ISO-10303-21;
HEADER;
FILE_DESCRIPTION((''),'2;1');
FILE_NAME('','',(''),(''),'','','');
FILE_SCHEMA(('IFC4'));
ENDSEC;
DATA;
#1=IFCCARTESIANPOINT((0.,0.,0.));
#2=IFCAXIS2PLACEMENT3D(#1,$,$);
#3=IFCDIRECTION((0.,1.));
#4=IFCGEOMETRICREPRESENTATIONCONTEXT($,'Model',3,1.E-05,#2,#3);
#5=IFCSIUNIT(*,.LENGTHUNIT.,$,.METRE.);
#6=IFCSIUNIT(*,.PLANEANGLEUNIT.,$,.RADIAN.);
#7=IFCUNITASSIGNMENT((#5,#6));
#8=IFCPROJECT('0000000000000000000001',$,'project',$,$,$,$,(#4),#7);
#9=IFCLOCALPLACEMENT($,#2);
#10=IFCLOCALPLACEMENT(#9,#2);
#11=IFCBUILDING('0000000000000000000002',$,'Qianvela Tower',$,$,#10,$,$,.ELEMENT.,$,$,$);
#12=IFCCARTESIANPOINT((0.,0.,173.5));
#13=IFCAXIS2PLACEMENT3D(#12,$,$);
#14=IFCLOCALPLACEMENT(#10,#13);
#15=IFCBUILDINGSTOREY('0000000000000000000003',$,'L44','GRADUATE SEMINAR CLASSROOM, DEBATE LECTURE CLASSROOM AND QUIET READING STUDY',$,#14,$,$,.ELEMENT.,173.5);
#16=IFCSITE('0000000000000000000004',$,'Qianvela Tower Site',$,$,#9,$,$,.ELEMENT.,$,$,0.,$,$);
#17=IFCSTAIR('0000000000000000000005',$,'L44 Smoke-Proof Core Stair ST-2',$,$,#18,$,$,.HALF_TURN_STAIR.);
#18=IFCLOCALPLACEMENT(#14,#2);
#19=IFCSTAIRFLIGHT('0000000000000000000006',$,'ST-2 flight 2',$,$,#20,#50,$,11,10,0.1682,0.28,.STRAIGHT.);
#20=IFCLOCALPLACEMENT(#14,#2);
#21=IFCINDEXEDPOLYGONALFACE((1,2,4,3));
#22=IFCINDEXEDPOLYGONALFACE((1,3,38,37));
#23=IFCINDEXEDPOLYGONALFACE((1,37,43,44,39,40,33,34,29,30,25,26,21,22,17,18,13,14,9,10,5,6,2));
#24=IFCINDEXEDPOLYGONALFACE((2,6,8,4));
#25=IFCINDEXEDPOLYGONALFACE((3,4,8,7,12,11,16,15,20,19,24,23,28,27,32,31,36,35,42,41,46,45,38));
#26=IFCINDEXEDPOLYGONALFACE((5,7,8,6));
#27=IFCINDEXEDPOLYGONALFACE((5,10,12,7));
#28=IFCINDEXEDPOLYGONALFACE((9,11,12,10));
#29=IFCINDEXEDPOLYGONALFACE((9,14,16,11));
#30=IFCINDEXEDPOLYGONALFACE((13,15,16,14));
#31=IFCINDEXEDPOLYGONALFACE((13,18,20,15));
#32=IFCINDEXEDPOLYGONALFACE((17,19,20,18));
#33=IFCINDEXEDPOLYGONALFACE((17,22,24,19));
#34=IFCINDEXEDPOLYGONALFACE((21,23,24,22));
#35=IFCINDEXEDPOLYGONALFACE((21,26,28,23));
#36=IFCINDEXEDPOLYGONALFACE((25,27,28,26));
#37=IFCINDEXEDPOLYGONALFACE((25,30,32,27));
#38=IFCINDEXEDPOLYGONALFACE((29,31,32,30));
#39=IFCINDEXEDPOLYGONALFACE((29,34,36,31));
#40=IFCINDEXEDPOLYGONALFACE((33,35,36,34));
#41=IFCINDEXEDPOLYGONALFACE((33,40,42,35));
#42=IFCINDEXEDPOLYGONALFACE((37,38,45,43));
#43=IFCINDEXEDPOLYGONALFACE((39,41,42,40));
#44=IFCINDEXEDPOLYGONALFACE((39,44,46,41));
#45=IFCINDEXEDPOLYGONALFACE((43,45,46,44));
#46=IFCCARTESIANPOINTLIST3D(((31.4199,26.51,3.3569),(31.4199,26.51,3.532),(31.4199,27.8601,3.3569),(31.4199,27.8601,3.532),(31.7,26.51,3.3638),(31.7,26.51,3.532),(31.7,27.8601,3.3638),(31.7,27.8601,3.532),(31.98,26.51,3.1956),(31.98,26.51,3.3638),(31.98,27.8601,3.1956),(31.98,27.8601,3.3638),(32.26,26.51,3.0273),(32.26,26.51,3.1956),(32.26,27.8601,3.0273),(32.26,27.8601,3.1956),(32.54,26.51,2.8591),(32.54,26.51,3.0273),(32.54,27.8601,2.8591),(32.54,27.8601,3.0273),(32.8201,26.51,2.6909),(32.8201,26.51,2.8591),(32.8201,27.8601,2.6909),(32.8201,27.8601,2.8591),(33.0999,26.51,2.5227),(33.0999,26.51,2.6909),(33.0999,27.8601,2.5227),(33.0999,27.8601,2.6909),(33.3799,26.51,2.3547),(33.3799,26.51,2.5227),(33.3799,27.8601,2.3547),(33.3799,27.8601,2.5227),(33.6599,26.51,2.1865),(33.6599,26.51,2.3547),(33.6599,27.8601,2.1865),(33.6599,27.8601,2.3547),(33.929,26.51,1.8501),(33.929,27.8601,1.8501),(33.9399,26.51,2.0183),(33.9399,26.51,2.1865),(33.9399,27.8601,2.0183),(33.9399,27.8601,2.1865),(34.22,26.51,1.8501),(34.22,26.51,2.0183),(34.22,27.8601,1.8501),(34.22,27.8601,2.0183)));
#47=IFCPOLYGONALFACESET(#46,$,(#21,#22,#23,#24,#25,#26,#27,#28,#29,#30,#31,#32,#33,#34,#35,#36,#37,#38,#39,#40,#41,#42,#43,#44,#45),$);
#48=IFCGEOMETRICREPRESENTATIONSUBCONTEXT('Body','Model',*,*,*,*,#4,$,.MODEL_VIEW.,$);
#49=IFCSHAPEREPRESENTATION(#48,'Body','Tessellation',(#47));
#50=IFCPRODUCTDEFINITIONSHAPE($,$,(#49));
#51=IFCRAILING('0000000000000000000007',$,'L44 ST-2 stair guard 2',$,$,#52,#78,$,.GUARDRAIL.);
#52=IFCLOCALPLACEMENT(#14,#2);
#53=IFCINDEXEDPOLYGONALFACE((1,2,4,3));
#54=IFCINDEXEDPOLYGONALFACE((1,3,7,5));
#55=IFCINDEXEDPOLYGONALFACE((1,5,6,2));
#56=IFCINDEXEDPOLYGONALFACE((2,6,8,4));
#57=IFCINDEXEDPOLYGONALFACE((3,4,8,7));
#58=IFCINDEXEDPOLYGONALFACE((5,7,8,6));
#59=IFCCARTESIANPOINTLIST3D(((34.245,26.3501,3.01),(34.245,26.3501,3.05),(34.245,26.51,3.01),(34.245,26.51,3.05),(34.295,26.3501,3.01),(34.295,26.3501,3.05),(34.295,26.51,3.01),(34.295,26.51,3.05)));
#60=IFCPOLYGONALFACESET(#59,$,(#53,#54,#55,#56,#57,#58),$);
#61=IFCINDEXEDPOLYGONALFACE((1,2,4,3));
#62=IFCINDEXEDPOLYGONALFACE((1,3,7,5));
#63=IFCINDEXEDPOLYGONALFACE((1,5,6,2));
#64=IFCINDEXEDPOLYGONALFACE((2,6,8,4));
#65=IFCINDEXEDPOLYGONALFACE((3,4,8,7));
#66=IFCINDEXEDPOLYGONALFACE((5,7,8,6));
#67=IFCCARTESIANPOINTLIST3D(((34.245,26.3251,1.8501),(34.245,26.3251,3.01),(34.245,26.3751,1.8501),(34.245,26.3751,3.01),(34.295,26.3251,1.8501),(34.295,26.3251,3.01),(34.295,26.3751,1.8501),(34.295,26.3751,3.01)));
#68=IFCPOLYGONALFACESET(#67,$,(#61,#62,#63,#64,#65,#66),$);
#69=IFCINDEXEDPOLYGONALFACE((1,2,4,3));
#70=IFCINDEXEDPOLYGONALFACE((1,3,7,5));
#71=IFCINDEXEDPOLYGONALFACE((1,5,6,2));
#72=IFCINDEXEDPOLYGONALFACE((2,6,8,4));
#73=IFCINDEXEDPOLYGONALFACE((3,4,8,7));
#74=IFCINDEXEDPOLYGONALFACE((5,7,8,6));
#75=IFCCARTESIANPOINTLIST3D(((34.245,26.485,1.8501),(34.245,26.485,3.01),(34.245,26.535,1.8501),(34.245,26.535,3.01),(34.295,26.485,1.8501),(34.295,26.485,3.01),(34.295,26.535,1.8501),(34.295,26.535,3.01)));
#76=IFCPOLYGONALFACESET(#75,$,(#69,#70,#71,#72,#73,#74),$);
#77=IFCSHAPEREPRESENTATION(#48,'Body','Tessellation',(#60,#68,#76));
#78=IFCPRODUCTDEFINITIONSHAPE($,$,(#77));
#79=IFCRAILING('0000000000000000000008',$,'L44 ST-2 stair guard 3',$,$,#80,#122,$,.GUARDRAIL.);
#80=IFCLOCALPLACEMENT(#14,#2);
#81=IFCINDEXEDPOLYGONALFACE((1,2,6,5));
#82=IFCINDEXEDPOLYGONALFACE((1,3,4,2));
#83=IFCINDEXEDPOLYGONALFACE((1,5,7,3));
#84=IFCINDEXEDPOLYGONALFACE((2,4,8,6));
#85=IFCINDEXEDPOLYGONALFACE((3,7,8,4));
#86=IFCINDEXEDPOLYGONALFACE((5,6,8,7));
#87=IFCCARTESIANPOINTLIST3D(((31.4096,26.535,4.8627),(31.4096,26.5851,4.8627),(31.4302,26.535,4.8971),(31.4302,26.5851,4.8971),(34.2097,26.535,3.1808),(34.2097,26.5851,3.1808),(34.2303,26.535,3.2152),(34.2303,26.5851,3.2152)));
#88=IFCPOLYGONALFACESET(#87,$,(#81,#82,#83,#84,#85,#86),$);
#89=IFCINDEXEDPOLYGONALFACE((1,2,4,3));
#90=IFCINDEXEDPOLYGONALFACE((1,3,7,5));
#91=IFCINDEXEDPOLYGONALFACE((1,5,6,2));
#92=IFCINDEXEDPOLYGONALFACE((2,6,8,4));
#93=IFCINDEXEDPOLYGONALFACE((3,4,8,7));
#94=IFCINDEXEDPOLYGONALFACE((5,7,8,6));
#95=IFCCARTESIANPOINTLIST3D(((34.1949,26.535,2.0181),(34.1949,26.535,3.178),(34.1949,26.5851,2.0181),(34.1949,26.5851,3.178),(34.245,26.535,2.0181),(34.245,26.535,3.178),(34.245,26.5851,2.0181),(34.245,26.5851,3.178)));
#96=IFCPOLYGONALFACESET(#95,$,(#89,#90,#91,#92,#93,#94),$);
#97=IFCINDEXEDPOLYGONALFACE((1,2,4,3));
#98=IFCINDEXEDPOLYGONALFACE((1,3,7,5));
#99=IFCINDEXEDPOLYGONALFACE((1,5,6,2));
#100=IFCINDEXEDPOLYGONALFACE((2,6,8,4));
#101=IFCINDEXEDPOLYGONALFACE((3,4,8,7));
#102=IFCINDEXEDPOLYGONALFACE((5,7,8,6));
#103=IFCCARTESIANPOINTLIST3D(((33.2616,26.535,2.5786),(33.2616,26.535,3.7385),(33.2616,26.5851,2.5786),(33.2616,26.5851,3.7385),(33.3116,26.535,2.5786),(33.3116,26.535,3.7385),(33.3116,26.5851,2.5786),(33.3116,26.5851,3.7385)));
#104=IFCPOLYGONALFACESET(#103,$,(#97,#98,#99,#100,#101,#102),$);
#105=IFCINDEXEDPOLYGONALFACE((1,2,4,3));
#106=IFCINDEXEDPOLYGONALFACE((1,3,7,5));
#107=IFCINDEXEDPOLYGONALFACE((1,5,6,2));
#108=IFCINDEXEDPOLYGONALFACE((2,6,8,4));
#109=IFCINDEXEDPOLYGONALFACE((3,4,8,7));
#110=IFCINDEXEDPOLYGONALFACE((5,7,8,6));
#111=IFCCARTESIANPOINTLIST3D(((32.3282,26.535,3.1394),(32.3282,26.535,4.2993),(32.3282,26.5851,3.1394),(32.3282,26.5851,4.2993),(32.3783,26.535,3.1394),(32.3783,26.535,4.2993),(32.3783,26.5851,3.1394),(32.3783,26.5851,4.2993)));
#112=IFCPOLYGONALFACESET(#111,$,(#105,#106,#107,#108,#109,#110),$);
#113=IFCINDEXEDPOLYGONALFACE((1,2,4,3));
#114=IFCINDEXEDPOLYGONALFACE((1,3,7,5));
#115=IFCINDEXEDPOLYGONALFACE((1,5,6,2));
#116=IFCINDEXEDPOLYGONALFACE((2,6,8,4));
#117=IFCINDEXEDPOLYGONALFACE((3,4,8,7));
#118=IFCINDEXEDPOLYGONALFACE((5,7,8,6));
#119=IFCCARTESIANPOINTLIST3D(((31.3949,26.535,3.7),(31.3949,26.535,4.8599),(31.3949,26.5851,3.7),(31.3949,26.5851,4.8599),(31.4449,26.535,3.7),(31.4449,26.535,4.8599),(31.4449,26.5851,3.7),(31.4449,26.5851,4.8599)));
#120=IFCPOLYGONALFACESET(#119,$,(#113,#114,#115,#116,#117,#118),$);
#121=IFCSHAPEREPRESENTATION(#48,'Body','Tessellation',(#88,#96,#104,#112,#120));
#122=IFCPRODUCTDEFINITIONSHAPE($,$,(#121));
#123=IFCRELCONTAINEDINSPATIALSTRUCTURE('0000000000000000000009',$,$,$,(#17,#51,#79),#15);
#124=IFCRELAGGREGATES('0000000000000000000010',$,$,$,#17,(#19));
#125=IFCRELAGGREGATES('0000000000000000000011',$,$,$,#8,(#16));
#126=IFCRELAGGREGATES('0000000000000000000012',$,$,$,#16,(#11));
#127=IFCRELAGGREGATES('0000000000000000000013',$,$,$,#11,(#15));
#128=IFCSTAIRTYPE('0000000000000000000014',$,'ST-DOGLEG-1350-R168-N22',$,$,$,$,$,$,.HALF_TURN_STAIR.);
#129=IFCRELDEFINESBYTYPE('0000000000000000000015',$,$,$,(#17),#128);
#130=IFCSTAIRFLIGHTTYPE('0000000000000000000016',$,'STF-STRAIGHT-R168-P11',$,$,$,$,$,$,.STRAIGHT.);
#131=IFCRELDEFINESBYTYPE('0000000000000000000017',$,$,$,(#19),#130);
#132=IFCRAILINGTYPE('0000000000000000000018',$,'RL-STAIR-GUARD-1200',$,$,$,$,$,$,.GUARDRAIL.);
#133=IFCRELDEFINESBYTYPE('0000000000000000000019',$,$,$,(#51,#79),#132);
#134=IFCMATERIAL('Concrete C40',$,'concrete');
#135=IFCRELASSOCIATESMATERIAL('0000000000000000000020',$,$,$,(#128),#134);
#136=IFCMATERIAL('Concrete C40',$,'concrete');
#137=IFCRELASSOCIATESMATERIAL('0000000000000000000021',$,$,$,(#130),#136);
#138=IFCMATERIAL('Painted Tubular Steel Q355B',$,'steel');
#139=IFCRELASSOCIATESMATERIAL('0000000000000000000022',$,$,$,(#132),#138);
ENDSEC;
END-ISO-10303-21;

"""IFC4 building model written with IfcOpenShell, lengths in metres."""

from ifc_helpers import new_model, si_unit, direction, frame, origin, origin_2d, place, context, subcontext, project, spatial, polyline, rectangle, outline, extrude, material, type_object, element, aggregate, save


model = new_model("IFC4")

# Units and contexts
model_context = context("Model", 3, precision=1e-05, world=origin(), true_north=direction((0.0, 1.0)))
body_context = subcontext(model_context, "Body", "Model", "MODEL_VIEW")
ifc_project = project(units=[si_unit("LENGTHUNIT", "METRE"), si_unit("PLANEANGLEUNIT", "RADIAN")], contexts=[model_context])

# Site, building, storey
site_placement = place(None, origin())
site = spatial("IfcSite", under=ifc_project, at=site_placement, Name="Qianvela Tower Site", CompositionType="ELEMENT", RefElevation=0.0)
building_placement = place(site_placement, origin())
building = spatial("IfcBuilding", under=site, at=building_placement, Name="Qianvela Tower", CompositionType="ELEMENT")
storey_placement = place(building_placement, frame((0.0, 0.0, 173.5)))
storey = spatial("IfcBuildingStorey", under=building, at=storey_placement, Name="L44", Description="GRADUATE SEMINAR CLASSROOM, DEBATE LECTURE CLASSROOM AND QUIET READING STUDY", CompositionType="ELEMENT", Elevation=173.5)

# Stair, stair flight
ifc_material_1 = material(Name="Concrete C40", Category="concrete")
stair_type = type_object("IfcStairType", Name="ST-DOGLEG-1350-R168-N22", PredefinedType="HALF_TURN_STAIR", material=ifc_material_1)
stair_placement = place(storey_placement, origin())
stair = element("IfcStair", 1, at=stair_placement, inside=storey, type_object=stair_type, Name="L44 Smoke-Proof Core Stair ST-2", PredefinedType="HALF_TURN_STAIR")
ifc_material_2 = material(Name="Concrete C40", Category="concrete")
stair_flight_type = type_object("IfcStairFlightType", Name="STF-STRAIGHT-R168-P11", PredefinedType="STRAIGHT", material=ifc_material_2)
stair_flight_placement = place(storey_placement, frame((34.22, 27.1851, 1.8501), z_axis=(0.0, 0.0, 1.0), x_axis=(-1.0, 0.0, 0.0)))
stair_flight = element("IfcStairFlight", 2, at=stair_flight_placement, type_object=stair_flight_type, Name="ST-2 flight 2", NumberOfRisers=11, NumberOfTreads=10, PredefinedType="STRAIGHT", RiserHeight=0.1682, TreadLength=0.28, context=body_context, shape_type="SweptSolid", body=[
    extrude(outline(polyline([(0.0, 0.0), (0.0, 0.1682), (0.28, 0.1682), (0.28, 0.3364), (0.5601, 0.3364), (0.5601, 0.5046), (0.8401, 0.5046), (0.8401, 0.6726), (1.1201, 0.6726), (1.1201, 0.8408), (1.3999, 0.8408), (1.3999, 1.009), (1.6799, 1.009), (1.6799, 1.1772), (1.96, 1.1772), (1.96, 1.3455), (2.24, 1.3455), (2.24, 1.5137), (2.52, 1.5137), (2.52, 1.6819), (2.8, 1.6819), (2.8, 1.8501), (2.8, 1.5068), (0.291, 0.0), (0.0, 0.0)])), frame((0.0, 0.675, 0.0), z_axis=(0.0, -1.0, 0.0), x_axis=(1.0, 0.0, 0.0)), (0.0, 0.0, 1.0), 1.3501),
])
aggregate(stair, [stair_flight])

# Railings
ifc_material_3 = material(Name="Painted Tubular Steel Q355B", Category="steel")
railing_type = type_object("IfcRailingType", Name="RL-STAIR-GUARD-1200", PredefinedType="GUARDRAIL", material=ifc_material_3)
railing_1_placement = place(storey_placement, frame((34.27, 26.3501, 1.8501)))
element("IfcRailing", 3, at=railing_1_placement, inside=storey, type_object=railing_type, Name="L44 ST-2 stair guard 2", PredefinedType="GUARDRAIL", context=body_context, shape_type="SweptSolid", body=[
    extrude(rectangle(XDim=0.05, YDim=0.04, at=origin_2d()), frame((0.0, 0.0, 1.1799), z_axis=(0.0, 1.0, 0.0), x_axis=(-1.0, 0.0, 0.0)), (0.0, 0.0, 1.0), 0.1599),
    extrude(rectangle(XDim=0.05, YDim=0.05, at=origin_2d()), origin(), (0.0, 0.0, 1.0), 1.1599),
    extrude(rectangle(XDim=0.05, YDim=0.05, at=origin_2d()), frame((0.0, 0.1599, 0.0)), (0.0, 0.0, 1.0), 1.1599),
])
railing_2_placement = place(storey_placement, frame((34.22, 26.5601, 2.0181)))
element("IfcRailing", 4, at=railing_2_placement, inside=storey, type_object=railing_type, Name="L44 ST-2 stair guard 3", PredefinedType="GUARDRAIL", context=body_context, shape_type="SweptSolid", body=[
    extrude(rectangle(XDim=0.05, YDim=0.04, at=origin_2d()), frame((0.0, 0.0, 1.1799), z_axis=(-0.857242, 0.0, 0.514913), x_axis=(0.0, -1.0, 0.0)), (0.0, 0.0, 1.0), 3.2664),
    extrude(rectangle(XDim=0.05, YDim=0.05, at=origin_2d()), origin(), (0.0, 0.0, 1.0), 1.1599),
    extrude(rectangle(XDim=0.05, YDim=0.05, at=origin_2d()), frame((-0.9333, 0.0, 0.5605)), (0.0, 0.0, 1.0), 1.1599),
    extrude(rectangle(XDim=0.05, YDim=0.05, at=origin_2d()), frame((-1.8667, 0.0, 1.1213)), (0.0, 0.0, 1.0), 1.1599),
    extrude(rectangle(XDim=0.05, YDim=0.05, at=origin_2d()), frame((-2.8, 0.0, 1.6819)), (0.0, 0.0, 1.0), 1.1599),
])

save(model, "model.ifc")
